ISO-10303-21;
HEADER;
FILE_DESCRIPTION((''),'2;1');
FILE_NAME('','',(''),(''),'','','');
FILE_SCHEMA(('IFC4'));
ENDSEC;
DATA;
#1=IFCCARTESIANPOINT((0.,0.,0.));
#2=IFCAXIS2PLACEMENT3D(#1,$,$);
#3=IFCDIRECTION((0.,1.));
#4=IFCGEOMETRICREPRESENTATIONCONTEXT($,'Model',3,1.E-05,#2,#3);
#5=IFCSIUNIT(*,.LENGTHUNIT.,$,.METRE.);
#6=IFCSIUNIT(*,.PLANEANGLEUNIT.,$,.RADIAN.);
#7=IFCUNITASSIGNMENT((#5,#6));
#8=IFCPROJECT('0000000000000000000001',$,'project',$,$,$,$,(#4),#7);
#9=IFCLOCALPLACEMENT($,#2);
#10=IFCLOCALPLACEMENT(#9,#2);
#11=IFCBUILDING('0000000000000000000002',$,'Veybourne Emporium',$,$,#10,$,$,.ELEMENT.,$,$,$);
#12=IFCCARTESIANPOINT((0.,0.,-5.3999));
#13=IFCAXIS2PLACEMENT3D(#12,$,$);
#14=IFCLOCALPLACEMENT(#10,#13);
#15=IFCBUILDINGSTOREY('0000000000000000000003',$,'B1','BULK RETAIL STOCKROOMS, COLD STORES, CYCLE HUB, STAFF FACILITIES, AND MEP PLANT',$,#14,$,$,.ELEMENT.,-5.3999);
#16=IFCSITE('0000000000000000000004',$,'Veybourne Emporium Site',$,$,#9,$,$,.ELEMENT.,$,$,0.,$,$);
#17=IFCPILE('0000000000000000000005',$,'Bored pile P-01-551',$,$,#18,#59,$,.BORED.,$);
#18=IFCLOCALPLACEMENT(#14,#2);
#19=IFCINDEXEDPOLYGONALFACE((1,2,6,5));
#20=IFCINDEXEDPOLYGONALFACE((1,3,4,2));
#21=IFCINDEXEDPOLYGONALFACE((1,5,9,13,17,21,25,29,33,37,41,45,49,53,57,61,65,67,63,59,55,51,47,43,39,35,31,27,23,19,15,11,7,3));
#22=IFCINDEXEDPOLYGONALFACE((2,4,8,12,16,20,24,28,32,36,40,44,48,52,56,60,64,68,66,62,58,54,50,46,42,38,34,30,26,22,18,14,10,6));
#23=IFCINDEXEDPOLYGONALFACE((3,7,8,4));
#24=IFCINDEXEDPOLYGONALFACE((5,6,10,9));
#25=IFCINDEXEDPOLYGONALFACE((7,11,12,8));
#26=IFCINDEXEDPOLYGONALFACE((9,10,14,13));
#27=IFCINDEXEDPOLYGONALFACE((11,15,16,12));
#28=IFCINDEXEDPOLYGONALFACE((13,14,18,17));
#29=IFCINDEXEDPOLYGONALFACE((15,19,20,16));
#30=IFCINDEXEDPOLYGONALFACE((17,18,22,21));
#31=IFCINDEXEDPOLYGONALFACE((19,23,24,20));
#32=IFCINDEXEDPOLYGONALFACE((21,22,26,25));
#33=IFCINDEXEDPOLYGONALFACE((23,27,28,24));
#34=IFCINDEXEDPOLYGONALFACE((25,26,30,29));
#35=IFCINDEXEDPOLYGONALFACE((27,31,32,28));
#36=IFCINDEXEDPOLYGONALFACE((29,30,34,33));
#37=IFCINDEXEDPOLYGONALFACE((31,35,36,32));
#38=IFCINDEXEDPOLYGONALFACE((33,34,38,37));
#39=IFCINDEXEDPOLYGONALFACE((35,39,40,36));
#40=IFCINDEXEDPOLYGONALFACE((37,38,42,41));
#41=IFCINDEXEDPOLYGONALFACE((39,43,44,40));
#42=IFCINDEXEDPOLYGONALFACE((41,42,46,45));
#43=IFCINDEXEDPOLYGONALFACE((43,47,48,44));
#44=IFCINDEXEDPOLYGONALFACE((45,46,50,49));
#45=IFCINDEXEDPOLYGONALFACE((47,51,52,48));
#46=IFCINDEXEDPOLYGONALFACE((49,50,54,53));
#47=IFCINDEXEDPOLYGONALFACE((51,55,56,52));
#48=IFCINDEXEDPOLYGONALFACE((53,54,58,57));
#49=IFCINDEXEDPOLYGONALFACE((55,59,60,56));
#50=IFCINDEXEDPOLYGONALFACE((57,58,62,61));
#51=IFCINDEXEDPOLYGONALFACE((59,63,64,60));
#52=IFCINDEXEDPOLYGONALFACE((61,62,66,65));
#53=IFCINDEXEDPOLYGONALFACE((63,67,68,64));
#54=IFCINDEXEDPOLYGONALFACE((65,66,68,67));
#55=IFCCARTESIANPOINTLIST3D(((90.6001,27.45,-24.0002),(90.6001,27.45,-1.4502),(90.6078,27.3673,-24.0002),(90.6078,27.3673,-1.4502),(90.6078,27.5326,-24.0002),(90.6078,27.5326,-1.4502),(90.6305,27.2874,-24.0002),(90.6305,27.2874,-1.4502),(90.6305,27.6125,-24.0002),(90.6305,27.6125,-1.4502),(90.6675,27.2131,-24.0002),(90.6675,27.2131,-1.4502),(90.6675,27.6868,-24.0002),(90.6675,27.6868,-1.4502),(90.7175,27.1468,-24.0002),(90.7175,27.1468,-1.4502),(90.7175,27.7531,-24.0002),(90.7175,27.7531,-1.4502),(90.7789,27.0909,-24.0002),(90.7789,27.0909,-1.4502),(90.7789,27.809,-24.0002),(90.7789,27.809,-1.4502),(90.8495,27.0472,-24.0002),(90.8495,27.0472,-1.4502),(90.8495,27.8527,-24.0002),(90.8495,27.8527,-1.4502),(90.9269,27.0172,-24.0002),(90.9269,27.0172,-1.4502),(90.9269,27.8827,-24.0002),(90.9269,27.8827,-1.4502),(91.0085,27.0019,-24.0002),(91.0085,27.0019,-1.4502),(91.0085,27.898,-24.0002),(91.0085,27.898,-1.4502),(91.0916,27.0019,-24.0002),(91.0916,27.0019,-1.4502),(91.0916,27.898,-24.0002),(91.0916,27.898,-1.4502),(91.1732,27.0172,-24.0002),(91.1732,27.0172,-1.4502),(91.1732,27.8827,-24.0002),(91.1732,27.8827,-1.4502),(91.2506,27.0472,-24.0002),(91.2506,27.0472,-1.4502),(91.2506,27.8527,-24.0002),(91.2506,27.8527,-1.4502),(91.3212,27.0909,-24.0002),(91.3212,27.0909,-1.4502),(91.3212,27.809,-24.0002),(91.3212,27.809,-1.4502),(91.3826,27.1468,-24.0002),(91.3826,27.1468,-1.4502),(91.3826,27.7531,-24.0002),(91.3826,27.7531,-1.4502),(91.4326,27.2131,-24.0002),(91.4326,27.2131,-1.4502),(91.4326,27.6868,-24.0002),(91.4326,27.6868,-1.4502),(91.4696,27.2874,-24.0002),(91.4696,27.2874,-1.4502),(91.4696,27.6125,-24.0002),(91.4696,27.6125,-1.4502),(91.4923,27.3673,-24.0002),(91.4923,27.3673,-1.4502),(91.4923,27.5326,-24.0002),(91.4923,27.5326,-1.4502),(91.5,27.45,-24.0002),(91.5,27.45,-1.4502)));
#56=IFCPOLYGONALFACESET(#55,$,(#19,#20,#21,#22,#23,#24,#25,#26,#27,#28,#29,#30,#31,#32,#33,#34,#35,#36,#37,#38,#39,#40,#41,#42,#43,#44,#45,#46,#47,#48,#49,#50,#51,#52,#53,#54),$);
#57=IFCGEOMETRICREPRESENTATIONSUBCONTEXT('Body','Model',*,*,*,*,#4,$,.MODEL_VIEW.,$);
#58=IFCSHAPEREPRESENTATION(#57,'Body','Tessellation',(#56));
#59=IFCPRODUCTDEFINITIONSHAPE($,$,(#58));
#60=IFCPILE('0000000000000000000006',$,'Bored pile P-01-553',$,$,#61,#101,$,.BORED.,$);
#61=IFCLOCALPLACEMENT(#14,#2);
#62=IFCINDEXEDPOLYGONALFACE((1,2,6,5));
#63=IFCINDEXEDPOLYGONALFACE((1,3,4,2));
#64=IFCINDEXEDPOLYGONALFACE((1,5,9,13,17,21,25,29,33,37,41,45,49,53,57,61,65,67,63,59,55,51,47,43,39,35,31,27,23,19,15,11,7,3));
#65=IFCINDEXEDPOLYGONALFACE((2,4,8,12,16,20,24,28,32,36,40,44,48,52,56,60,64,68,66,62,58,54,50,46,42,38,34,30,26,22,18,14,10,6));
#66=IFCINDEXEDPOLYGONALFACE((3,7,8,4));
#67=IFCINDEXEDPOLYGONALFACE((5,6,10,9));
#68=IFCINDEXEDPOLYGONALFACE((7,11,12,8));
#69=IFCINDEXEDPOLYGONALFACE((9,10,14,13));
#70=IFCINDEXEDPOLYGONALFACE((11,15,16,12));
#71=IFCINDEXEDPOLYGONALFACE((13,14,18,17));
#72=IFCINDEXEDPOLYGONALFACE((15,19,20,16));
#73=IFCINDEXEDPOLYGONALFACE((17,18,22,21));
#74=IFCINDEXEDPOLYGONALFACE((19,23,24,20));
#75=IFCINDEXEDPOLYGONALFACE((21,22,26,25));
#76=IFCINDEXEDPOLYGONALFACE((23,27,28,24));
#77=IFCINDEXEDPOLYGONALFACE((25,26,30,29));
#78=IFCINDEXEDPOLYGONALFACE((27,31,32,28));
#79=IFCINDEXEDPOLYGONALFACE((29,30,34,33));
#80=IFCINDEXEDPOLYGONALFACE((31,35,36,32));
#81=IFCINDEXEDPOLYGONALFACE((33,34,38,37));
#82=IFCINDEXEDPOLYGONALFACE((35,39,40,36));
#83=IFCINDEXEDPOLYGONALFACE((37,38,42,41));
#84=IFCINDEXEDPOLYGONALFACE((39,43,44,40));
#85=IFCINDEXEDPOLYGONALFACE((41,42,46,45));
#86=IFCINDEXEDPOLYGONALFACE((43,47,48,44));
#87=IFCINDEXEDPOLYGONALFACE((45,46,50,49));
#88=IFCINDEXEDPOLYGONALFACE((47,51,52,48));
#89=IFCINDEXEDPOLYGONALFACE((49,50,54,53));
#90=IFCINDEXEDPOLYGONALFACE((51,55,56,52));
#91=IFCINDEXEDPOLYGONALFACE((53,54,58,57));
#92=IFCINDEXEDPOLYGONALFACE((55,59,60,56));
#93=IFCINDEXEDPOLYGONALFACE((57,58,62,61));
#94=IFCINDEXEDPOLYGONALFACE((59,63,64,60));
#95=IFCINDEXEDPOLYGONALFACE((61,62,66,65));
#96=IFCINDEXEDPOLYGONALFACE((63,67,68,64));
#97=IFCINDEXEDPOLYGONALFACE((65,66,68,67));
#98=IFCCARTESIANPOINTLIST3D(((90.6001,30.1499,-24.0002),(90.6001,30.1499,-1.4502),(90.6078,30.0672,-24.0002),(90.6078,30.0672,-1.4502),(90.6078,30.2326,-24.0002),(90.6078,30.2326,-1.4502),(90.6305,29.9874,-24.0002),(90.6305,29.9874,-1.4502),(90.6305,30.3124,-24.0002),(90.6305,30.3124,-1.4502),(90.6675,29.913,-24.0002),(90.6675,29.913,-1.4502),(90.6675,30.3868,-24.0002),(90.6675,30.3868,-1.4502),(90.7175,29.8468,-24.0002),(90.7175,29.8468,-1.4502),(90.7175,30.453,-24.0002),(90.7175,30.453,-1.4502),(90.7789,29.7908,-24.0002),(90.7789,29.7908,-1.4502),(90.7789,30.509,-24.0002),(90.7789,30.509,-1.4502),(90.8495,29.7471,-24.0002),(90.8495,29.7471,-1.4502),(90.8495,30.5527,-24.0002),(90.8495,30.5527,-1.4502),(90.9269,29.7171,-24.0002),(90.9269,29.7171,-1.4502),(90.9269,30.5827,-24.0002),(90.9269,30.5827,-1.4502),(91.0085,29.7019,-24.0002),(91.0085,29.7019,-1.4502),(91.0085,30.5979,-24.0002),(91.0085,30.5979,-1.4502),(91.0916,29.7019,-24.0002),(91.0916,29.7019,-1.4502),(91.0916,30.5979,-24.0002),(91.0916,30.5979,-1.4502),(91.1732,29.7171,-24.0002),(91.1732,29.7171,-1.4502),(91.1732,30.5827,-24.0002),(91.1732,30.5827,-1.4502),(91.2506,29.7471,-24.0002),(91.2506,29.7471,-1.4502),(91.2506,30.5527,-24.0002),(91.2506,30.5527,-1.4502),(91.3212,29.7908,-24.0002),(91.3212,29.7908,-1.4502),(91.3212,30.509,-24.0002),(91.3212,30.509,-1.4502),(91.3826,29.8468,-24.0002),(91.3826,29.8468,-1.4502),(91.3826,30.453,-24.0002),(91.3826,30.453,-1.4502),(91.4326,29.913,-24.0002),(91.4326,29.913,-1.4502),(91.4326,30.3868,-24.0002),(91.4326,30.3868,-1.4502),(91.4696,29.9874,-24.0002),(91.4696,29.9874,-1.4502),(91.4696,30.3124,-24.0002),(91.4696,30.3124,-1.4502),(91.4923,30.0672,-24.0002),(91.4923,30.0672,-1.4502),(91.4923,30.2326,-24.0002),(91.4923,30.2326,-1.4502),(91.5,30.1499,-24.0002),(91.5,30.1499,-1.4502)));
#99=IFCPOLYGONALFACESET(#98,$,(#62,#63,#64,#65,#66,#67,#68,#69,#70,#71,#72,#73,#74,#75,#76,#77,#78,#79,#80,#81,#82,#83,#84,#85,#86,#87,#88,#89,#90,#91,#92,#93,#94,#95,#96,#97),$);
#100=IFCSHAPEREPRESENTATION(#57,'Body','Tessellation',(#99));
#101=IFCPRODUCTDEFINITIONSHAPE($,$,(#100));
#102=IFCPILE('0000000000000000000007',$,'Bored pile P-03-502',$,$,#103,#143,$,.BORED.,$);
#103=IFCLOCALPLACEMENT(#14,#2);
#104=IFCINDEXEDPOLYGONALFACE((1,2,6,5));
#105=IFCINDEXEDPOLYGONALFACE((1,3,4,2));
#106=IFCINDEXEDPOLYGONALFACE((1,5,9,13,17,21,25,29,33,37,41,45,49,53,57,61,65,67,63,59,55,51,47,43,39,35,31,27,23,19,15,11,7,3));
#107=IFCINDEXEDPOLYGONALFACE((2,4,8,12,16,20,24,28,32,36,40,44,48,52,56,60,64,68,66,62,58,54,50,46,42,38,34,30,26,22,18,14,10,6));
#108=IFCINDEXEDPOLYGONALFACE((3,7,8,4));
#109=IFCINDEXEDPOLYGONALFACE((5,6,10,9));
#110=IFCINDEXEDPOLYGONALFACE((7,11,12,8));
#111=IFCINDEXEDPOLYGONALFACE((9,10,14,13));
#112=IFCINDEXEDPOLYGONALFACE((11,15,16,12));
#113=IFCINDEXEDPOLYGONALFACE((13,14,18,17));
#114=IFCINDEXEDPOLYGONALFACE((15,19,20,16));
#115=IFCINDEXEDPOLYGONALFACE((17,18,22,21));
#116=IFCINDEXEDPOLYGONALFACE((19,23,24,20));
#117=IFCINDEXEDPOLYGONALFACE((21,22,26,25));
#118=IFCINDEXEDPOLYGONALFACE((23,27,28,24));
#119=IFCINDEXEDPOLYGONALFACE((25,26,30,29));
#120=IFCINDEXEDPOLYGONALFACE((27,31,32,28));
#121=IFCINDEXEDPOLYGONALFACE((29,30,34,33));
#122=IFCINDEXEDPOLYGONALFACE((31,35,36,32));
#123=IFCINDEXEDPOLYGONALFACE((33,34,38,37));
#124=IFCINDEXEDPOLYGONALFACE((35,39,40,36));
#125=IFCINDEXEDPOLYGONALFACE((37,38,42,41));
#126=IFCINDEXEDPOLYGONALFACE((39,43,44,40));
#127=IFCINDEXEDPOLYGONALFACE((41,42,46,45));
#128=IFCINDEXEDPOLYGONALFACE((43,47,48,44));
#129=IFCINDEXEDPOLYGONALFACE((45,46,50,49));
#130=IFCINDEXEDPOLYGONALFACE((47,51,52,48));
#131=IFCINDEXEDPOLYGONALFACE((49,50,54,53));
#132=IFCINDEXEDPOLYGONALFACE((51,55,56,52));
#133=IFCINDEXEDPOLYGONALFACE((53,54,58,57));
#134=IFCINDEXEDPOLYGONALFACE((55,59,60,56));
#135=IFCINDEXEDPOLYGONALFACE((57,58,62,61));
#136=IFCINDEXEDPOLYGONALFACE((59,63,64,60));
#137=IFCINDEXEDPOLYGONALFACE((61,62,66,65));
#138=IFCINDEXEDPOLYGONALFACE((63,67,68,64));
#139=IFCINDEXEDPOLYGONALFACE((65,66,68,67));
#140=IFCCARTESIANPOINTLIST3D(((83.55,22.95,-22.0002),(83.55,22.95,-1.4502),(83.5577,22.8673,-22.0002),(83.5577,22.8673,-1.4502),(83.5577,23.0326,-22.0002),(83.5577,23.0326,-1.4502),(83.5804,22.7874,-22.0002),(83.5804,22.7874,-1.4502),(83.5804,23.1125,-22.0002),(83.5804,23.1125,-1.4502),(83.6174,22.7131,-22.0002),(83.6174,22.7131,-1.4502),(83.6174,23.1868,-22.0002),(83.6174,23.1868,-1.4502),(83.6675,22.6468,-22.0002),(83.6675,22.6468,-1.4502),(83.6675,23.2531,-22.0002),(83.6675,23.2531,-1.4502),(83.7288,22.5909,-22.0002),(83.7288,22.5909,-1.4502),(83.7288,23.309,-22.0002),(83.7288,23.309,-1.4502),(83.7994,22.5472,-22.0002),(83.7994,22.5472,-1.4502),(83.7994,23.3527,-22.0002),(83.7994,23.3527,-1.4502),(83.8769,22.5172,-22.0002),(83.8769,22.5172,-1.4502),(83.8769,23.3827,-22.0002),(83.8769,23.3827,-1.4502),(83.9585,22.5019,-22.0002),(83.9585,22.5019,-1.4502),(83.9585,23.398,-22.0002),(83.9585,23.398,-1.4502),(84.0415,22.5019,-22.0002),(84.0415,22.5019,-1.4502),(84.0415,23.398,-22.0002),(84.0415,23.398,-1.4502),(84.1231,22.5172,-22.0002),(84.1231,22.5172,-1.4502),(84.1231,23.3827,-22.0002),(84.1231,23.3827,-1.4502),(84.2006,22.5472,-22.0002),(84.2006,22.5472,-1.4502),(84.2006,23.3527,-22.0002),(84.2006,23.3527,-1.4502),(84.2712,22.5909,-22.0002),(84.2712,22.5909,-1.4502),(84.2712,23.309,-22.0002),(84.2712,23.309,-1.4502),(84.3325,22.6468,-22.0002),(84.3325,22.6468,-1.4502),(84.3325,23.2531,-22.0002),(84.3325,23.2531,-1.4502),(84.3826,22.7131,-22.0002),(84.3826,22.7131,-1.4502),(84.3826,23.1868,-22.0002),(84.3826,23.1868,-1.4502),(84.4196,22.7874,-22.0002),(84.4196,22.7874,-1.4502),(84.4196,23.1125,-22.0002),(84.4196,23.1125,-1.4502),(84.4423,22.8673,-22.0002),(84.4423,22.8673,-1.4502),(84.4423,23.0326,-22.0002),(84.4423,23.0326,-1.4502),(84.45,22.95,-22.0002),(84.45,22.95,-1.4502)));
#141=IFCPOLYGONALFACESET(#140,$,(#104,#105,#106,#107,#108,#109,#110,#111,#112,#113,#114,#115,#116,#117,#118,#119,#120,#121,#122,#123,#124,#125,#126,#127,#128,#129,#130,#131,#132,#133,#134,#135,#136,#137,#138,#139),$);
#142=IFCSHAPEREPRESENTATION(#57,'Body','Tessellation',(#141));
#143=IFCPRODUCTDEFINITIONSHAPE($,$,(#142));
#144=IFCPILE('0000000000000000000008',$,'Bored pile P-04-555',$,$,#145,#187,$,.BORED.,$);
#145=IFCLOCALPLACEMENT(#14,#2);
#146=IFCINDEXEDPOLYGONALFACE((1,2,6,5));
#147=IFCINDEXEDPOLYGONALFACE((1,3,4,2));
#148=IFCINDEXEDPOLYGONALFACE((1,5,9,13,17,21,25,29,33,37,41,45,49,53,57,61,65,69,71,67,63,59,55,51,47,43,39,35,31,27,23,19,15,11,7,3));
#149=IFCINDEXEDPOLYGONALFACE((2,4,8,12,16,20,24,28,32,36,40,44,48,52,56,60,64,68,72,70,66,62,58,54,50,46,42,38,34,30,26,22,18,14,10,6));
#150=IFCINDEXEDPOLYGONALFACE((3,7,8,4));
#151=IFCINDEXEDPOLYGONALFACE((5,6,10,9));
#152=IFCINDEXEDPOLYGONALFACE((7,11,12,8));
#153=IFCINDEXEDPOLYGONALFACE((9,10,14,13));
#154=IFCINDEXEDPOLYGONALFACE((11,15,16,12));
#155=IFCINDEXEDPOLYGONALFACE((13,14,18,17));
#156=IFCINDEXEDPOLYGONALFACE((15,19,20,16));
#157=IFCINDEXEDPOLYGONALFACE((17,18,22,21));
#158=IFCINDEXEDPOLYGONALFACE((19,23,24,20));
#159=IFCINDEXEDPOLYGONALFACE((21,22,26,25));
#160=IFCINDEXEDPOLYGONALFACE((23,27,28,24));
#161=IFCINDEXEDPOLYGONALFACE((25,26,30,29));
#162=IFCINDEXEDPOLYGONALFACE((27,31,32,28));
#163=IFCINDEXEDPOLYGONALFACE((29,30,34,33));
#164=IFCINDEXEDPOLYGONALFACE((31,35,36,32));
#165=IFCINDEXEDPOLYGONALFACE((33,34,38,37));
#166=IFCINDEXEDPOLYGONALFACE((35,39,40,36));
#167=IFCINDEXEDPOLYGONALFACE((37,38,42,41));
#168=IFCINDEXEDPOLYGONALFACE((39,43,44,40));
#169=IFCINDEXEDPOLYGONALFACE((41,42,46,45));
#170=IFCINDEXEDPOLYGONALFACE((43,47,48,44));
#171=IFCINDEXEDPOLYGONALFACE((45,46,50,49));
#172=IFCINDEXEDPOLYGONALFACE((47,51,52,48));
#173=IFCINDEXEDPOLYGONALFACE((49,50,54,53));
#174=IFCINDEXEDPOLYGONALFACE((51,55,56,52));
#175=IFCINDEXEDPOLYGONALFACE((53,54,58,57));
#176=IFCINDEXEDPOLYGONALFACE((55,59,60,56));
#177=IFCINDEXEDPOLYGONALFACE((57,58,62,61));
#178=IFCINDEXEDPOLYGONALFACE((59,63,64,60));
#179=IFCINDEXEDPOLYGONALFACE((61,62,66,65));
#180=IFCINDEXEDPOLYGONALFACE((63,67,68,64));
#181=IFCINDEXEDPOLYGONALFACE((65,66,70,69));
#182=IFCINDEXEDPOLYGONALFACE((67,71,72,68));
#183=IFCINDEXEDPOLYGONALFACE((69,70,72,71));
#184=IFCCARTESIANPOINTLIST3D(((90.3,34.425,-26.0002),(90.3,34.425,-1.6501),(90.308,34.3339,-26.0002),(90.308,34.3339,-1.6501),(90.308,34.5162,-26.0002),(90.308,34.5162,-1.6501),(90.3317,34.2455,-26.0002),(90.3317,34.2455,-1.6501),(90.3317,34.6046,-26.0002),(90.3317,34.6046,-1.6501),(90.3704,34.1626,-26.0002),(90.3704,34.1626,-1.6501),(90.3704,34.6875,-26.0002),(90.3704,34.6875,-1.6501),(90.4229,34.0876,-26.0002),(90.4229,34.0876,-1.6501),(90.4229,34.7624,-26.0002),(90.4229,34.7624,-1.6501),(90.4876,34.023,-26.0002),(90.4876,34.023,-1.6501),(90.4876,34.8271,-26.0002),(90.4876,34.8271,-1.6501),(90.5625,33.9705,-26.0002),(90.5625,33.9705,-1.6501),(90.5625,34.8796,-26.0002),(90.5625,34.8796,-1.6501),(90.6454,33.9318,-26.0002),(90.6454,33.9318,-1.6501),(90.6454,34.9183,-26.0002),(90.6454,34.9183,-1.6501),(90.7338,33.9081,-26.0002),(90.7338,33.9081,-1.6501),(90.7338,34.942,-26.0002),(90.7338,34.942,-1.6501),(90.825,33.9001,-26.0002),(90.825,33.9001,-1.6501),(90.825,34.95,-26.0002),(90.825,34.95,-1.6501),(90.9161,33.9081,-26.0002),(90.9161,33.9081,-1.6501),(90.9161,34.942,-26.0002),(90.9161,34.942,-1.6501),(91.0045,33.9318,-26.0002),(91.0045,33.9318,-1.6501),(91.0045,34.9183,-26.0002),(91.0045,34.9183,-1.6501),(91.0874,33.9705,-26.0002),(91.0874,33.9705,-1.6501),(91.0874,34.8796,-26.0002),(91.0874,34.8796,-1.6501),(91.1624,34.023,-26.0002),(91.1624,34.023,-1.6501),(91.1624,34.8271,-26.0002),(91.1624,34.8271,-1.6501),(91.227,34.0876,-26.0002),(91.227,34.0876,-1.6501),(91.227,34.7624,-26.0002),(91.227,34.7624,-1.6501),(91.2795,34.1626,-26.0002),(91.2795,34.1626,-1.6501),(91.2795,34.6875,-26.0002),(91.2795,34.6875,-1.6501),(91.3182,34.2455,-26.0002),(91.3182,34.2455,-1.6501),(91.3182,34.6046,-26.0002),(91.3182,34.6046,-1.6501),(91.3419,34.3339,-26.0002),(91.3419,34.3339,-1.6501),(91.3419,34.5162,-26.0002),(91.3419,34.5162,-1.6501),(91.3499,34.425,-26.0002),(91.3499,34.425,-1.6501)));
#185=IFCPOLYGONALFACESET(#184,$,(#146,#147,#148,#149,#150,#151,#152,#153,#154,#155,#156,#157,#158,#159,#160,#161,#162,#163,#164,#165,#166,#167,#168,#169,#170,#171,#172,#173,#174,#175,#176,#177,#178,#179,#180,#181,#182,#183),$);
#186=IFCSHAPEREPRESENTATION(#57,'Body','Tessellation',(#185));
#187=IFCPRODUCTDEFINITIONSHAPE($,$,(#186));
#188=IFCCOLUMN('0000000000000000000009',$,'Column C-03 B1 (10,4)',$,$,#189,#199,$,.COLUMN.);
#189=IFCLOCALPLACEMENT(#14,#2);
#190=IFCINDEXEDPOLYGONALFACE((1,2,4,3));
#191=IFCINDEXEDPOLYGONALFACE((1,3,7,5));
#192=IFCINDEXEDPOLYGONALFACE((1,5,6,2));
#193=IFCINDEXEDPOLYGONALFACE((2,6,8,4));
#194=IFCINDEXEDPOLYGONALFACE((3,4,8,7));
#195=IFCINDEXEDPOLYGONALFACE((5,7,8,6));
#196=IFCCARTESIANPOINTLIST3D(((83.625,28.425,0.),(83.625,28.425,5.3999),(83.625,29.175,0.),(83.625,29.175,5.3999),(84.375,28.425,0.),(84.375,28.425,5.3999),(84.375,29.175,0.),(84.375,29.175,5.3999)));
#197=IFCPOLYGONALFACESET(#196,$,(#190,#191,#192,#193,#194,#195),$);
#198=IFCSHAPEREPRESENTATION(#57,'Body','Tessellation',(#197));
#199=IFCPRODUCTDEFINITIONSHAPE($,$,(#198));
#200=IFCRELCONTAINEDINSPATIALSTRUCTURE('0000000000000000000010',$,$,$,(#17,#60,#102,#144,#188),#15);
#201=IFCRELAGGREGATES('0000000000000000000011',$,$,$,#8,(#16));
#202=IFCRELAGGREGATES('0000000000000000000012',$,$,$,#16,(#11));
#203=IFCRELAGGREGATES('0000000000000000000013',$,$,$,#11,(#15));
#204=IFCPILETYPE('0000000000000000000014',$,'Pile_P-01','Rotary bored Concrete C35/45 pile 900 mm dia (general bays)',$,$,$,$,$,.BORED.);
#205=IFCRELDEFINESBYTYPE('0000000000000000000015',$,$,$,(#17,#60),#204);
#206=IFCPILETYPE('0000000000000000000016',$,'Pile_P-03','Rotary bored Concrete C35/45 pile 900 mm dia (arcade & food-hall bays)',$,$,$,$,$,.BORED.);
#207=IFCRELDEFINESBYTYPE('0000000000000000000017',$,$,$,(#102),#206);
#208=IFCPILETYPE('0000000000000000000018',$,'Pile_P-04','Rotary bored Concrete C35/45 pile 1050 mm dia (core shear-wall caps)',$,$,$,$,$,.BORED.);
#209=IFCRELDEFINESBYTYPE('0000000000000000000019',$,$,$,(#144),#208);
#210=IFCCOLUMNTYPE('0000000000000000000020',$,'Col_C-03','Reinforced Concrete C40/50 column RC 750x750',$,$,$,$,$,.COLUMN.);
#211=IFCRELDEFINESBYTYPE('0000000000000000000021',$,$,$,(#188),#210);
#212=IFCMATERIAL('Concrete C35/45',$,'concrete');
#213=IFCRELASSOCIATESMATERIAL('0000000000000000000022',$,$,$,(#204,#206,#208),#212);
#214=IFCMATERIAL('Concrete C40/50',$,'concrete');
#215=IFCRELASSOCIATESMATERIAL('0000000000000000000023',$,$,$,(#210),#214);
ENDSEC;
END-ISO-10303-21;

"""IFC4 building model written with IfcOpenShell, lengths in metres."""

from ifc_helpers import new_model, si_unit, direction, frame, origin, origin_2d, place, context, subcontext, project, spatial, rectangle, circle, extrude, material, material_profile, profile_set, type_object, element, save


model = new_model("IFC4")

# Units and contexts
model_context = context("Model", 3, precision=1e-05, world=origin(), true_north=direction((0.0, 1.0)))
body_context = subcontext(model_context, "Body", "Model", "MODEL_VIEW")
ifc_project = project(units=[si_unit("LENGTHUNIT", "METRE"), si_unit("PLANEANGLEUNIT", "RADIAN")], contexts=[model_context])

# Site, building, storey
site_placement = place(None, origin())
site = spatial("IfcSite", under=ifc_project, at=site_placement, Name="Veybourne Emporium Site", CompositionType="ELEMENT", RefElevation=0.0)
building_placement = place(site_placement, origin())
building = spatial("IfcBuilding", under=site, at=building_placement, Name="Veybourne Emporium", CompositionType="ELEMENT")
storey_placement = place(building_placement, frame((0.0, 0.0, -5.3999)))
storey = spatial("IfcBuildingStorey", under=building, at=storey_placement, Name="B1", Description="BULK RETAIL STOCKROOMS, COLD STORES, CYCLE HUB, STAFF FACILITIES, AND MEP PLANT", CompositionType="ELEMENT", Elevation=-5.3999)

# Shared definitions
ifc_material_1 = material(Name="Concrete C35/45", Category="concrete")

# Piles
ifc_material_profile_1 = material_profile(ifc_material_1, circle(Radius=0.45, at=origin_2d()), Name="BORED PILE 900")
ifc_profile_set_1 = profile_set([ifc_material_profile_1], Name="Concrete C35/45")
pile_type_1 = type_object("IfcPileType", Name="Pile_P-01", Description="Rotary bored Concrete C35/45 pile 900 mm dia (general bays)", PredefinedType="BORED", material=ifc_profile_set_1)
for number, where, z_axis, x_axis, name in (
    (1, (91.05, 27.45, -1.4502), (0.0, 0.0, -1.0), (1.0, 0.0, 0.0), "Bored pile P-01-551"),
    (2, (91.05, 30.1499, -1.4502), (0.0, 0.0, -1.0), (1.0, 0.0, 0.0), "Bored pile P-01-553"),
):
    element("IfcPile", number, at=place(storey_placement, frame(where, z_axis=z_axis, x_axis=x_axis)), inside=storey, type_object=pile_type_1, Name=name, PredefinedType="BORED", context=body_context, shape_type="SweptSolid", body=[
        extrude(circle(Radius=0.45, at=origin_2d()), origin(), (0.0, 0.0, 1.0), 22.55),
    ])
ifc_material_profile_2 = material_profile(ifc_material_1, circle(Radius=0.45, at=origin_2d()), Name="BORED PILE 900")
ifc_profile_set_2 = profile_set([ifc_material_profile_2], Name="Concrete C35/45")
pile_type_2 = type_object("IfcPileType", Name="Pile_P-03", Description="Rotary bored Concrete C35/45 pile 900 mm dia (arcade & food-hall bays)", PredefinedType="BORED", material=ifc_profile_set_2)
pile_1_placement = place(storey_placement, frame((84.0, 22.95, -1.4502), z_axis=(0.0, 0.0, -1.0), x_axis=(1.0, 0.0, 0.0)))
element("IfcPile", 3, at=pile_1_placement, inside=storey, type_object=pile_type_2, Name="Bored pile P-03-502", PredefinedType="BORED", context=body_context, shape_type="SweptSolid", body=[
    extrude(circle(Radius=0.45, at=origin_2d()), origin(), (0.0, 0.0, 1.0), 20.55),
])
ifc_material_profile_3 = material_profile(ifc_material_1, circle(Radius=0.5249, at=origin_2d()), Name="BORED PILE 1050")
ifc_profile_set_3 = profile_set([ifc_material_profile_3], Name="Concrete C35/45")
pile_type_3 = type_object("IfcPileType", Name="Pile_P-04", Description="Rotary bored Concrete C35/45 pile 1050 mm dia (core shear-wall caps)", PredefinedType="BORED", material=ifc_profile_set_3)
pile_2_placement = place(storey_placement, frame((90.825, 34.425, -1.6501), z_axis=(0.0, 0.0, -1.0), x_axis=(1.0, 0.0, 0.0)))
element("IfcPile", 4, at=pile_2_placement, inside=storey, type_object=pile_type_3, Name="Bored pile P-04-555", PredefinedType="BORED", context=body_context, shape_type="SweptSolid", body=[
    extrude(circle(Radius=0.5249, at=origin_2d()), origin(), (0.0, 0.0, 1.0), 24.3501),
])

# Column
ifc_material_2 = material(Name="Concrete C40/50", Category="concrete")
ifc_material_profile_4 = material_profile(ifc_material_2, rectangle(XDim=0.75, YDim=0.75, at=origin_2d()), Name="RC 750x750")
ifc_profile_set_4 = profile_set([ifc_material_profile_4], Name="Concrete C40/50")
column_type_1 = type_object("IfcColumnType", Name="Col_C-03", Description="Reinforced Concrete C40/50 column RC 750x750", PredefinedType="COLUMN", material=ifc_profile_set_4)
column_1_placement = place(storey_placement, frame((84.0, 28.8, 0.0), z_axis=(0.0, 0.0, 1.0), x_axis=(1.0, 0.0, 0.0)))
element("IfcColumn", 5, at=column_1_placement, inside=storey, type_object=column_type_1, Name="Column C-03 B1 (10,4)", PredefinedType="COLUMN", context=body_context, shape_type="SweptSolid", body=[
    extrude(rectangle(XDim=0.75, YDim=0.75, at=origin_2d()), origin(), (0.0, 0.0, 1.0), 5.3999),
])

save(model, "model.ifc")
